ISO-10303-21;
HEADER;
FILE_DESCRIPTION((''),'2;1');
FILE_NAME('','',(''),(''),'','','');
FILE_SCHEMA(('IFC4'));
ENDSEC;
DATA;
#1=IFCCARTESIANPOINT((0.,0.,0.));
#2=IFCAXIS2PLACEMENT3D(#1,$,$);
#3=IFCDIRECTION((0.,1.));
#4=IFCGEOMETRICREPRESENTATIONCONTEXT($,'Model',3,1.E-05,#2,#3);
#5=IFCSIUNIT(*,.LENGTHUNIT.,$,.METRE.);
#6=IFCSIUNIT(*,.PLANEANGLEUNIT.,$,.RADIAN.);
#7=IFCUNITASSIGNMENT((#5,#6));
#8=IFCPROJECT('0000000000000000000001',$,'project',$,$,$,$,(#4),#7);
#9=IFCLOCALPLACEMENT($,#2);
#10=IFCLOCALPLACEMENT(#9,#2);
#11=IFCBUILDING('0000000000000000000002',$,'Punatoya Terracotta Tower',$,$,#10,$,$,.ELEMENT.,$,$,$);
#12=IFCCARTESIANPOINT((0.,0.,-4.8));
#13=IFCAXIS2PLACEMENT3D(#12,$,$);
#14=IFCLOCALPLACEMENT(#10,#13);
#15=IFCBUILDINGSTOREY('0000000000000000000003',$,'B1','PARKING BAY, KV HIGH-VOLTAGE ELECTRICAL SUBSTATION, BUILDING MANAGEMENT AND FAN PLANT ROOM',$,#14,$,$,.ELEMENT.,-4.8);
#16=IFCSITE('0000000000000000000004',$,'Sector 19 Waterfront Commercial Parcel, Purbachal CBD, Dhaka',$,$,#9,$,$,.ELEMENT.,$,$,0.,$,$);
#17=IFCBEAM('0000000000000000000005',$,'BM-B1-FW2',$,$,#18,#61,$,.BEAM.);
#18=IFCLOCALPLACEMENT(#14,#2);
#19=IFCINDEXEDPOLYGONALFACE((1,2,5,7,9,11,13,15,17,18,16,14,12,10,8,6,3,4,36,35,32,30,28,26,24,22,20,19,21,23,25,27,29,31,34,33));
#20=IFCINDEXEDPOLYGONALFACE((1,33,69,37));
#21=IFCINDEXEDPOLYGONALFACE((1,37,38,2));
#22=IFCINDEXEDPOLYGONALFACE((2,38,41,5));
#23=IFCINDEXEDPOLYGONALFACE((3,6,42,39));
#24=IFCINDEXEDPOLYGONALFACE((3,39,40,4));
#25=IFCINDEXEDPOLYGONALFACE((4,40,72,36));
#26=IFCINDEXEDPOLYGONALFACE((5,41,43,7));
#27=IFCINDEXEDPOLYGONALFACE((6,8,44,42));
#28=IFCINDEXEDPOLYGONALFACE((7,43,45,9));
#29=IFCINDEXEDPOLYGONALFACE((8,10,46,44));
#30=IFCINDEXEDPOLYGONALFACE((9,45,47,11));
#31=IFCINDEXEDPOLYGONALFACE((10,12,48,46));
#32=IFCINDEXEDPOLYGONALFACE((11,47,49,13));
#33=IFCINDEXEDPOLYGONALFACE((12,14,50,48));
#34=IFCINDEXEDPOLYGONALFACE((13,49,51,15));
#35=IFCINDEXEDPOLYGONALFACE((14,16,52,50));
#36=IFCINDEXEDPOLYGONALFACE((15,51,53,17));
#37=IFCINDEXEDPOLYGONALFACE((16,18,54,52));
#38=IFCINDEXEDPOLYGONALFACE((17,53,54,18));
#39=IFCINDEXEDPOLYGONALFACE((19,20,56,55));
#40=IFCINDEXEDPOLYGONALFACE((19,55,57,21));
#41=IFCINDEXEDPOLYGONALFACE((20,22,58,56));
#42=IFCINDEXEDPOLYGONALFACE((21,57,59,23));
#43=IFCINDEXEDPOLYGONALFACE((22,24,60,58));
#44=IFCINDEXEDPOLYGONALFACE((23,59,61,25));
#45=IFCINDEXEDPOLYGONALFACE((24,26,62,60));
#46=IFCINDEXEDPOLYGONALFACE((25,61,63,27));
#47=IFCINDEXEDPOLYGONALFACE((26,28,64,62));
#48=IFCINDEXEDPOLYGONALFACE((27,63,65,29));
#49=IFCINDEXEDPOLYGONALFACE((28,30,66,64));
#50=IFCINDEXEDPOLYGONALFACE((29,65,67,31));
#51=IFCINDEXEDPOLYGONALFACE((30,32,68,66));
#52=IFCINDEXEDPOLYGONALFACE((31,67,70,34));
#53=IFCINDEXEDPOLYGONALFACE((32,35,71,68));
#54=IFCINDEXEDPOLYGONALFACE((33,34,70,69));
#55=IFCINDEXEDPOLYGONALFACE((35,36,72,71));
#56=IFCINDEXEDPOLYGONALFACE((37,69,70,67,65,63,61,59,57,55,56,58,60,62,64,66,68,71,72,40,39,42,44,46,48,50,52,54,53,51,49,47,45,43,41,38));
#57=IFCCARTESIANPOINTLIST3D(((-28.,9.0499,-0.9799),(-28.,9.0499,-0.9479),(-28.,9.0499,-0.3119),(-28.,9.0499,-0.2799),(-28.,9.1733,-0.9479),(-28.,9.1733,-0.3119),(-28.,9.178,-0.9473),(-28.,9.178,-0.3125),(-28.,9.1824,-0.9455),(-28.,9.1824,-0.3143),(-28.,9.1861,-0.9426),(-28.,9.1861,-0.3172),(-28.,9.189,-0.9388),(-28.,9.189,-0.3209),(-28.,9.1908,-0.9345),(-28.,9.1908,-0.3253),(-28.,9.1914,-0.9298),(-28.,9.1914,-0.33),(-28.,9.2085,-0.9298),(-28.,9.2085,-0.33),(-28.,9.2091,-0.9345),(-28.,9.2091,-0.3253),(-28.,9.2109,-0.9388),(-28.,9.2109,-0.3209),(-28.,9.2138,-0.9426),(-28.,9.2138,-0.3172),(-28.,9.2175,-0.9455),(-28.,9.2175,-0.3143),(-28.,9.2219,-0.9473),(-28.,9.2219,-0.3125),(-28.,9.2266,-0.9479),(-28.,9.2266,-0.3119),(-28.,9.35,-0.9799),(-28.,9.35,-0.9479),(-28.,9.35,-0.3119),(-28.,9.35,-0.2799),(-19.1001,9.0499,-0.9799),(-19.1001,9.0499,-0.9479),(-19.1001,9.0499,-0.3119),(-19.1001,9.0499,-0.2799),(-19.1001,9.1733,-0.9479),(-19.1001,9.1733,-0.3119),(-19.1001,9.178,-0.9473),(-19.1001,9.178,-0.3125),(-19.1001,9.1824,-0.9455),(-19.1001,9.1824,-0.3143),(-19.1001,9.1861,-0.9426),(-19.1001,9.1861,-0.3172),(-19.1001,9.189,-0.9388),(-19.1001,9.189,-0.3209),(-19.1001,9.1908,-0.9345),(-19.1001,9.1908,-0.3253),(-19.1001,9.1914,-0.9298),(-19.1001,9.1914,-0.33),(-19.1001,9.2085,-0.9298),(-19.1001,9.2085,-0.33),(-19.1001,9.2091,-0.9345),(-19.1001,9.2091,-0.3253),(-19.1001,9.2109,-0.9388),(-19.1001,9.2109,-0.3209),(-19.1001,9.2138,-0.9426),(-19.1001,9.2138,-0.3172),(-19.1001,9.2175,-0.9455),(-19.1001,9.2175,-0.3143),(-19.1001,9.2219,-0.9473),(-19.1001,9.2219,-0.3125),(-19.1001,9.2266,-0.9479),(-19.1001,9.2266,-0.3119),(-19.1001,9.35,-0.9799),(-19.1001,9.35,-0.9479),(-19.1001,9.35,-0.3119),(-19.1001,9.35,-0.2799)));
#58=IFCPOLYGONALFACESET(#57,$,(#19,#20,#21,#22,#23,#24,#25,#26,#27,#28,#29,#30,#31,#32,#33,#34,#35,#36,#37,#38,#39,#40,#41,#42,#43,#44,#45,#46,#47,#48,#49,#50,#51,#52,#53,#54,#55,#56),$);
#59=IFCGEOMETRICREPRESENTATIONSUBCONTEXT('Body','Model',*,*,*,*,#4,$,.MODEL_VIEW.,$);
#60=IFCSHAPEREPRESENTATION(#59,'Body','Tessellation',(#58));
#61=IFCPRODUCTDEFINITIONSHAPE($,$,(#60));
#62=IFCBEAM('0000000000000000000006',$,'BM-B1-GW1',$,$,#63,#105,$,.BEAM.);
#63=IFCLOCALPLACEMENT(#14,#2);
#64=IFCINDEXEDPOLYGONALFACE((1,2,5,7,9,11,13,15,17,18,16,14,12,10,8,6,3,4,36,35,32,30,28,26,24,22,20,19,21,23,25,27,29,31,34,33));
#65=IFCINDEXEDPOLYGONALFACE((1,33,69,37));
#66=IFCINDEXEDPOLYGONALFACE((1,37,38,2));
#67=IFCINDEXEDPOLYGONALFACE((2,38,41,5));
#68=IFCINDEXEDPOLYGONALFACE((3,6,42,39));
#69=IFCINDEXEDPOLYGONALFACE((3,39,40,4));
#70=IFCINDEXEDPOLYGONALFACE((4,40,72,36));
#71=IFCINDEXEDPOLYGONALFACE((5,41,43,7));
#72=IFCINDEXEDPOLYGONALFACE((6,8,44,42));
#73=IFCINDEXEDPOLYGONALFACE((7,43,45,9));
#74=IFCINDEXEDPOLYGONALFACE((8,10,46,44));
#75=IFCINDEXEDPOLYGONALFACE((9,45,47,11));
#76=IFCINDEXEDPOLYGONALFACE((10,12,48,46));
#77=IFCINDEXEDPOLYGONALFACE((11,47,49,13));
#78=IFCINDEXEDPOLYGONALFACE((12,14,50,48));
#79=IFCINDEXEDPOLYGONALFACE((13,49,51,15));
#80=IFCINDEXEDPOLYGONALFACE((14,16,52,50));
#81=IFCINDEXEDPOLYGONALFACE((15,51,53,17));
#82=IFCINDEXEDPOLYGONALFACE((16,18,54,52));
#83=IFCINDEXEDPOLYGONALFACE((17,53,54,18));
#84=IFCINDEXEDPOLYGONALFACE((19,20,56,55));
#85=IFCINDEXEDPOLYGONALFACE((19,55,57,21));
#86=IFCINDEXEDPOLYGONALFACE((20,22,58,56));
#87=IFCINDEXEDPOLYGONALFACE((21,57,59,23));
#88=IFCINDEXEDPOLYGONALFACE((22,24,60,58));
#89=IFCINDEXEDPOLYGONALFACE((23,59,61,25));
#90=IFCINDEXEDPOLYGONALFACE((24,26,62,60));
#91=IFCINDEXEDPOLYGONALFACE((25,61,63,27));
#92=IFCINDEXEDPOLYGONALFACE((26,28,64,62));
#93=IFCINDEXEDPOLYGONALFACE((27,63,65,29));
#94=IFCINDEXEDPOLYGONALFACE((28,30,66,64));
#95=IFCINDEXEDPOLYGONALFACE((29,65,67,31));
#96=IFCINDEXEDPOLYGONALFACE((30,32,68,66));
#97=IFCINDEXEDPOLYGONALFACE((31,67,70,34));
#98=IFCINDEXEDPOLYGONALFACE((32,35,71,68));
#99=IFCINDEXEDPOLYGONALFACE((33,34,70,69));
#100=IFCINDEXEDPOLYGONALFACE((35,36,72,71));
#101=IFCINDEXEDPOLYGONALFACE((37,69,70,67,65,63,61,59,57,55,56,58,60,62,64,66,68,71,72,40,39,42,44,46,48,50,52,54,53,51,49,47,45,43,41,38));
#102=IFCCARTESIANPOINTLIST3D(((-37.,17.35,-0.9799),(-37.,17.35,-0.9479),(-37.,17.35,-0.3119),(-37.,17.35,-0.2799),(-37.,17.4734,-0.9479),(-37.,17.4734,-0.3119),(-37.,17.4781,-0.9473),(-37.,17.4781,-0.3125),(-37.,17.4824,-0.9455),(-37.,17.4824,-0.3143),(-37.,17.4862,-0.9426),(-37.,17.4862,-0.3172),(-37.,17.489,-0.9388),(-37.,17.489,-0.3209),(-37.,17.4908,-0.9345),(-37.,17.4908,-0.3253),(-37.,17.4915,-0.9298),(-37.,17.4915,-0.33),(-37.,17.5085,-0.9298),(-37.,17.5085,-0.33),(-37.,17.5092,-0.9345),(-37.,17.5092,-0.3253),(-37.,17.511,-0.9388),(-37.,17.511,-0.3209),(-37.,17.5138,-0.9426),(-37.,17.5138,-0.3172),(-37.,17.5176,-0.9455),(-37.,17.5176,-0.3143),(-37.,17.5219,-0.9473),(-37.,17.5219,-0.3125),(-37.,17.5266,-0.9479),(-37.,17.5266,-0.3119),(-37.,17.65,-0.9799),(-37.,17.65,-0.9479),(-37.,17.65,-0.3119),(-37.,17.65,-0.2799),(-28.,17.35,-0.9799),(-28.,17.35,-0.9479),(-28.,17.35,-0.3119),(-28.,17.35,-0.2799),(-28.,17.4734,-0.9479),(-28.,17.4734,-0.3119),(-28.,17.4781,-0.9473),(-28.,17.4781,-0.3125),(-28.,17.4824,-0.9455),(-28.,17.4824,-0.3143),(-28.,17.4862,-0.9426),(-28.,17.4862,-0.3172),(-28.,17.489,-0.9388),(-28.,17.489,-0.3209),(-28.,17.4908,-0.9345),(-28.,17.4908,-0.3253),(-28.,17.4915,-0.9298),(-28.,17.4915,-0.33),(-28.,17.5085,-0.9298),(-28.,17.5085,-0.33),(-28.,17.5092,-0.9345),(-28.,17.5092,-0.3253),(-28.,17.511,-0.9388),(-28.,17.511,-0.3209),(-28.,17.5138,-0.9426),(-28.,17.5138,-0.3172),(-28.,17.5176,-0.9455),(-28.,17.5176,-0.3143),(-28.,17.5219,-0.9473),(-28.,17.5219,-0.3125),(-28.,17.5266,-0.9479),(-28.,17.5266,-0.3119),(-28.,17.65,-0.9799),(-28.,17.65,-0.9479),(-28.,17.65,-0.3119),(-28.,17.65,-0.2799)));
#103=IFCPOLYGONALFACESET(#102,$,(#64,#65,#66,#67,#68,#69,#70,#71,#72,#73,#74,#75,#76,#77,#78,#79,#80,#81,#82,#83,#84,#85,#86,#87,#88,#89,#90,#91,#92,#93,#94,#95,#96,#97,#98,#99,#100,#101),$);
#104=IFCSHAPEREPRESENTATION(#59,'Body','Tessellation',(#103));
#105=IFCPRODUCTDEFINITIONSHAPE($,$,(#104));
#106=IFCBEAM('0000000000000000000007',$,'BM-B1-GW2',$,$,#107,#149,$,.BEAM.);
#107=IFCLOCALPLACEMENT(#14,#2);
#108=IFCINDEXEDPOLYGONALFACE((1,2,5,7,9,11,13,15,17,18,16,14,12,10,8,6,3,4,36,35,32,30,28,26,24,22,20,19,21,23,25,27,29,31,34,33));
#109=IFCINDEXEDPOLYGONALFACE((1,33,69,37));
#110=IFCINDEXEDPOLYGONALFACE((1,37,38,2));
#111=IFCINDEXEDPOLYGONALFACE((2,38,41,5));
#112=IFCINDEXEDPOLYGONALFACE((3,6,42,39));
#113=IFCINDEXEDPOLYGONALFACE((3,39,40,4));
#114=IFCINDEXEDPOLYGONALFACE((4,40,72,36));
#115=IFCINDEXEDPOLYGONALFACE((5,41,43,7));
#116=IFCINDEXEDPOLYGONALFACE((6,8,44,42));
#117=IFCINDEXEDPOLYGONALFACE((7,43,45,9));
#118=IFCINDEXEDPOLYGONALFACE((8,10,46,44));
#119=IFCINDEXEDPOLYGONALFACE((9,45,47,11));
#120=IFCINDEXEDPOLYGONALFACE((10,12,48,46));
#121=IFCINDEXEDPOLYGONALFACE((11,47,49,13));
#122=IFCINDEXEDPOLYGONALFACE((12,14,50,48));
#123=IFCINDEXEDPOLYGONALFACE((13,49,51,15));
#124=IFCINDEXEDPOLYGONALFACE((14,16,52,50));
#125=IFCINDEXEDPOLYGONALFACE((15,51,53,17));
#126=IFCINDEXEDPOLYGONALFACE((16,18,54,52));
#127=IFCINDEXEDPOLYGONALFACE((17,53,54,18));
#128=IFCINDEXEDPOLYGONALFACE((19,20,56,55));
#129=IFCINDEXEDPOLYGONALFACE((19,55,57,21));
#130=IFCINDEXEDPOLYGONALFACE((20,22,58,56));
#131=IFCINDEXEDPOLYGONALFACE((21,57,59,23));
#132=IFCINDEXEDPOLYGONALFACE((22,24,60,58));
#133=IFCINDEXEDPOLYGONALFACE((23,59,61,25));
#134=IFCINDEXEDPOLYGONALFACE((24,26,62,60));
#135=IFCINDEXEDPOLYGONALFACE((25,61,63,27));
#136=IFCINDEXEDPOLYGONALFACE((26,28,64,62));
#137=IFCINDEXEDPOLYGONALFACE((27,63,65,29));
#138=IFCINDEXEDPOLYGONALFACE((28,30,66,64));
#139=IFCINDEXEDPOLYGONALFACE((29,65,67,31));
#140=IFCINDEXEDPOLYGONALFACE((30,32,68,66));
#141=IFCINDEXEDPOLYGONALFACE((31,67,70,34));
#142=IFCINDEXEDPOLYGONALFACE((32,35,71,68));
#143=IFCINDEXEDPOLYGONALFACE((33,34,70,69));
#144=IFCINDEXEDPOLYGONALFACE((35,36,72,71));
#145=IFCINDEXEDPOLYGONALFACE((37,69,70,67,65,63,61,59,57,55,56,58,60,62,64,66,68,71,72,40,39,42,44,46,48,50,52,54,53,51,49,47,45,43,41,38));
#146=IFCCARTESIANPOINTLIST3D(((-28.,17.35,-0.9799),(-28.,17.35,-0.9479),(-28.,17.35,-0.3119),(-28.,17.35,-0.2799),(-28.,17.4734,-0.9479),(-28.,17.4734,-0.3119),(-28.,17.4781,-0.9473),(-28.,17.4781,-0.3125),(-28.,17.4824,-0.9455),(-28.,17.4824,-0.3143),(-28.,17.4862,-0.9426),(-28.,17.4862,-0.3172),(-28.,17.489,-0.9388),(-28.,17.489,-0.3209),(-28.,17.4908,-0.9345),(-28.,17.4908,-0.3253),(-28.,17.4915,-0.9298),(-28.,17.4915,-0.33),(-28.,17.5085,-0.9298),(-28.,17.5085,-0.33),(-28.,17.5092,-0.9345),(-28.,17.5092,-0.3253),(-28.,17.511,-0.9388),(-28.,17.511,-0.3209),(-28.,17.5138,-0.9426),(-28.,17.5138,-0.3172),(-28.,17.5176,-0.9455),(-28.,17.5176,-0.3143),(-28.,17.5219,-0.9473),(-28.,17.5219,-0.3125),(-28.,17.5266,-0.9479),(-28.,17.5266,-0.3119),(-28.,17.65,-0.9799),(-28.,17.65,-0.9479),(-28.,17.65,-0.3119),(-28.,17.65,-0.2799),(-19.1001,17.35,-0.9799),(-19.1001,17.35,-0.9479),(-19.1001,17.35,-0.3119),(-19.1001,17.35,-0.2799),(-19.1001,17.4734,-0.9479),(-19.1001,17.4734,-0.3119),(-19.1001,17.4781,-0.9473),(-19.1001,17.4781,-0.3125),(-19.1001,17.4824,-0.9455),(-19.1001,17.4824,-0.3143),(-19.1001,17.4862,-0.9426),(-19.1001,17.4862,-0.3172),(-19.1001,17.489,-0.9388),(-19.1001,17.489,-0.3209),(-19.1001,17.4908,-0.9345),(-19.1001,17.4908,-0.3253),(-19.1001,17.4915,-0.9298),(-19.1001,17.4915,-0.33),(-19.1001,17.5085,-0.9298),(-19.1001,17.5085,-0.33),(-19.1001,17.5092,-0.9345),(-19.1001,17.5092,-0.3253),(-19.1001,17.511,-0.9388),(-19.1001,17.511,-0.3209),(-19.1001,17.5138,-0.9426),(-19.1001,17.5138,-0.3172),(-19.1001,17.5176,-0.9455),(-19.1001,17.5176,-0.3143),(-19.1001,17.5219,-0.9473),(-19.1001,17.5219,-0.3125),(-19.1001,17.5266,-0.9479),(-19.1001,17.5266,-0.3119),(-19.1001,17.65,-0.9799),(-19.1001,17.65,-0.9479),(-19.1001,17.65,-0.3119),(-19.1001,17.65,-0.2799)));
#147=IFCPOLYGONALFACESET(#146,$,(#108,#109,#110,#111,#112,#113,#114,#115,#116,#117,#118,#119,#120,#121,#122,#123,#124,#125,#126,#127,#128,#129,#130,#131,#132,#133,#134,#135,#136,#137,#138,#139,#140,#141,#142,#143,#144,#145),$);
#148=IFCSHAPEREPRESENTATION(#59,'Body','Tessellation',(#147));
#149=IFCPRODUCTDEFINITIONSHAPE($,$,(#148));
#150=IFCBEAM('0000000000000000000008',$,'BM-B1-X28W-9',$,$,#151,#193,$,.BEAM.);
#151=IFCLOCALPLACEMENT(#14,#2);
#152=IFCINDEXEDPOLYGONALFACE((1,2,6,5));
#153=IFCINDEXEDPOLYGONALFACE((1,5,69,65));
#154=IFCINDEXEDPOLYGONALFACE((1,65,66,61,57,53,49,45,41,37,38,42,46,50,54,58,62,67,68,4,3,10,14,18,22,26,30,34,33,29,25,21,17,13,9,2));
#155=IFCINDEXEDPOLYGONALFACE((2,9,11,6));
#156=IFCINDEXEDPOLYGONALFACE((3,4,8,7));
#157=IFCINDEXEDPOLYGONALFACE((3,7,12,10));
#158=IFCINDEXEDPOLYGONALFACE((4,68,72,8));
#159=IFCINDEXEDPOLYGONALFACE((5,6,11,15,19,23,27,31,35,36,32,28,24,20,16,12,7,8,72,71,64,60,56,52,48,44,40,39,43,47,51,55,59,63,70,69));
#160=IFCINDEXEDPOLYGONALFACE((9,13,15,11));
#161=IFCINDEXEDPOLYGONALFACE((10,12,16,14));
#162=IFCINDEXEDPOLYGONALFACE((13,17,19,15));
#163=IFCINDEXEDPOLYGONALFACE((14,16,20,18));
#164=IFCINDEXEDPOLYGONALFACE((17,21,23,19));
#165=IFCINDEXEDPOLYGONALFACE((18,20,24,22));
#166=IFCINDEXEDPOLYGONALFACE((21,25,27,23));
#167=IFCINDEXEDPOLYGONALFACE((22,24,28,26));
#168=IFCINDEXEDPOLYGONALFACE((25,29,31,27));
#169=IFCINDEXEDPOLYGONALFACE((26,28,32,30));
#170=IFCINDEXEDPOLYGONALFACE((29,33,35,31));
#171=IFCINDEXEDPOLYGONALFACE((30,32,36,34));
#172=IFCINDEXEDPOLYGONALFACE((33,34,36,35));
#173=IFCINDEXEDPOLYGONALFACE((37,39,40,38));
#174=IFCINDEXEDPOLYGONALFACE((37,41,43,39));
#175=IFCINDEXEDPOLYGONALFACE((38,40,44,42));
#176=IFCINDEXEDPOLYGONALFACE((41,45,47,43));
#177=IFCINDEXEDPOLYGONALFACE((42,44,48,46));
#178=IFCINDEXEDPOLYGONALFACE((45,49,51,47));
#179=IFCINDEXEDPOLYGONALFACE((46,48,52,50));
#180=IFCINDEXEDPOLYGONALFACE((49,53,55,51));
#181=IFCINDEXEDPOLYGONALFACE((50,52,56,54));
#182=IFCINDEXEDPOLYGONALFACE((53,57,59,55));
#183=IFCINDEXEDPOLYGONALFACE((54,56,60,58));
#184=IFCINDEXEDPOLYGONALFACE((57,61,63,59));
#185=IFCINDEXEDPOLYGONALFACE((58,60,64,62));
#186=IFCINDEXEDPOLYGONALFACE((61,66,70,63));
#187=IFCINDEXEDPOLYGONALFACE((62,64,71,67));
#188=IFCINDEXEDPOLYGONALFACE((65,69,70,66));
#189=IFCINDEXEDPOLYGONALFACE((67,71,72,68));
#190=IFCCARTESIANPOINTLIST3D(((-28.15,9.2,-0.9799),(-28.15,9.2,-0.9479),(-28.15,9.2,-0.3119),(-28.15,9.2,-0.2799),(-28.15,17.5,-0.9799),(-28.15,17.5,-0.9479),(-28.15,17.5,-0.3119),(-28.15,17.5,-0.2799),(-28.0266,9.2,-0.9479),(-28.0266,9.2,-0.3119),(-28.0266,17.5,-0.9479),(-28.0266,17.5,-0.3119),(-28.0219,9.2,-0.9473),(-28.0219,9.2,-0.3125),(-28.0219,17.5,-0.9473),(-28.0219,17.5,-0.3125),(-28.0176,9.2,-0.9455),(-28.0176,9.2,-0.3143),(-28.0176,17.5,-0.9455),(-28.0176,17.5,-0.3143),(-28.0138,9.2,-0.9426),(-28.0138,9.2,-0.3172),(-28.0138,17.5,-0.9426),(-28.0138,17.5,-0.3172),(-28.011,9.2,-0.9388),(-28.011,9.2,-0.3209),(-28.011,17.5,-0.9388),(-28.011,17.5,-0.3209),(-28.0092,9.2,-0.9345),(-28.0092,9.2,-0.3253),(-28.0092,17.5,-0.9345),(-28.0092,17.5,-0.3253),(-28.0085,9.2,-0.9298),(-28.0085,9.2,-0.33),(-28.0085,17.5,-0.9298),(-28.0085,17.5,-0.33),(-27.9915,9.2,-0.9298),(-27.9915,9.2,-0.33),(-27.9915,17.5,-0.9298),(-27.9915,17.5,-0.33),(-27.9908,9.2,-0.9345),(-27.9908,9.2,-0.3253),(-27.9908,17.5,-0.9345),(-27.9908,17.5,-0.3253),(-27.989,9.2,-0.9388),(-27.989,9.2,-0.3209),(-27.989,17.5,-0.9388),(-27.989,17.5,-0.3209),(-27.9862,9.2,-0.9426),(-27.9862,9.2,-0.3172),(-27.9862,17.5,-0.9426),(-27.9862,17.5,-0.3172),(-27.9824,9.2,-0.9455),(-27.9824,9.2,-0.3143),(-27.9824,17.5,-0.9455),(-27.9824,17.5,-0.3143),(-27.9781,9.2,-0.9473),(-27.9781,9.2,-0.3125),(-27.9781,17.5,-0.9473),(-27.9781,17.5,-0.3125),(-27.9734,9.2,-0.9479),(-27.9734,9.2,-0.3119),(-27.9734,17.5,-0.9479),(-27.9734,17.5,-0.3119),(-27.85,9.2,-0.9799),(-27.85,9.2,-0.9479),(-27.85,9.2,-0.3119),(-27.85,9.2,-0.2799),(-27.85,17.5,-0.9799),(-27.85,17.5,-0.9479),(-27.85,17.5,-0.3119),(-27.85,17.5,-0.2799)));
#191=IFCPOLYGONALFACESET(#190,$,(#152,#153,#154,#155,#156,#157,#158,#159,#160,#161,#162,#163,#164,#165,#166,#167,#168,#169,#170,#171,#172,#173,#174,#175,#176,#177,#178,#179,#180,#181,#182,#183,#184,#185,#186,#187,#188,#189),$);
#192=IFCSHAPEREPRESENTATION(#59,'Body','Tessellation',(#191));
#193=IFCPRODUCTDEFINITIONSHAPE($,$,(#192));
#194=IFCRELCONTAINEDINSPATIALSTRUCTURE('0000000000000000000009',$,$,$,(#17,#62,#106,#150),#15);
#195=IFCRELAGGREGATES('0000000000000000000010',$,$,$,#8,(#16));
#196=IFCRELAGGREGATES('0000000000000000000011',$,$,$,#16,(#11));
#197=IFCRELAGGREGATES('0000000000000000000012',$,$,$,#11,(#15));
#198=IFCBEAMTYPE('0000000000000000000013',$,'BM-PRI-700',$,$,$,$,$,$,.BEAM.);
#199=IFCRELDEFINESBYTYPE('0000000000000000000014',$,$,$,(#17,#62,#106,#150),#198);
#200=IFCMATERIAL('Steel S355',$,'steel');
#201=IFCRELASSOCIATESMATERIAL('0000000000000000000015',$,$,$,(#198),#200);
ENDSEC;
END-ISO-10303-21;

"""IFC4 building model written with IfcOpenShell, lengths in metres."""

from ifc_helpers import new_model, si_unit, direction, frame, origin, origin_2d, place, context, subcontext, project, spatial, i_section, extrude, material, material_profile, profile_set, type_object, element, save


model = new_model("IFC4")

# Units and contexts
model_context = context("Model", 3, precision=1e-05, world=origin(), true_north=direction((0.0, 1.0)))
body_context = subcontext(model_context, "Body", "Model", "MODEL_VIEW")
ifc_project = project(units=[si_unit("LENGTHUNIT", "METRE"), si_unit("PLANEANGLEUNIT", "RADIAN")], contexts=[model_context])

# Site, building, storey
site_placement = place(None, origin())
site = spatial("IfcSite", under=ifc_project, at=site_placement, Name="Sector 19 Waterfront Commercial Parcel, Purbachal CBD, Dhaka", CompositionType="ELEMENT", RefElevation=0.0)
building_placement = place(site_placement, origin())
building = spatial("IfcBuilding", under=site, at=building_placement, Name="Punatoya Terracotta Tower", CompositionType="ELEMENT")
storey_placement = place(building_placement, frame((0.0, 0.0, -4.8)))
storey = spatial("IfcBuildingStorey", under=building, at=storey_placement, Name="B1", Description="PARKING BAY, KV HIGH-VOLTAGE ELECTRICAL SUBSTATION, BUILDING MANAGEMENT AND FAN PLANT ROOM", CompositionType="ELEMENT", Elevation=-4.8)

# Beams
ifc_material_1 = material(Name="Steel S355", Category="steel")
ifc_material_profile_1 = material_profile(ifc_material_1, i_section(OverallWidth=0.3, OverallDepth=0.7, WebThickness=0.0171, FlangeThickness=0.032, FilletRadius=0.0181, at=origin_2d()))
ifc_profile_set_1 = profile_set([ifc_material_profile_1], Name="Steel S355")
beam_type_1 = type_object("IfcBeamType", Name="BM-PRI-700", PredefinedType="BEAM", material=ifc_profile_set_1)
beam_1_placement = place(storey_placement, frame((-28.0, 9.2, -0.6299), z_axis=(1.0, 0.0, 0.0), x_axis=(0.0, 1.0, 0.0)))
element("IfcBeam", 1, at=beam_1_placement, inside=storey, type_object=beam_type_1, Name="BM-B1-FW2", PredefinedType="BEAM", context=body_context, shape_type="SweptSolid", body=[
    extrude(i_section(OverallWidth=0.3, OverallDepth=0.7, WebThickness=0.0171, FlangeThickness=0.032, FilletRadius=0.0181, at=origin_2d()), origin(), (0.0, 0.0, 1.0), 8.8999),
])
beam_2_placement = place(storey_placement, frame((-37.0, 17.5, -0.6299), z_axis=(1.0, 0.0, 0.0), x_axis=(0.0, 1.0, 0.0)))
element("IfcBeam", 2, at=beam_2_placement, inside=storey, type_object=beam_type_1, Name="BM-B1-GW1", PredefinedType="BEAM", context=body_context, shape_type="SweptSolid", body=[
    extrude(i_section(OverallWidth=0.3, OverallDepth=0.7, WebThickness=0.0171, FlangeThickness=0.032, FilletRadius=0.0181, at=origin_2d()), origin(), (0.0, 0.0, 1.0), 9.0),
])
beam_3_placement = place(storey_placement, frame((-28.0, 17.5, -0.6299), z_axis=(1.0, 0.0, 0.0), x_axis=(0.0, 1.0, 0.0)))
element("IfcBeam", 3, at=beam_3_placement, inside=storey, type_object=beam_type_1, Name="BM-B1-GW2", PredefinedType="BEAM", context=body_context, shape_type="SweptSolid", body=[
    extrude(i_section(OverallWidth=0.3, OverallDepth=0.7, WebThickness=0.0171, FlangeThickness=0.032, FilletRadius=0.0181, at=origin_2d()), origin(), (0.0, 0.0, 1.0), 8.8999),
])
beam_4_placement = place(storey_placement, frame((-28.0, 9.2, -0.6299), z_axis=(0.0, 1.0, 0.0), x_axis=(-1.0, 0.0, 0.0)))
element("IfcBeam", 4, at=beam_4_placement, inside=storey, type_object=beam_type_1, Name="BM-B1-X28W-9", PredefinedType="BEAM", context=body_context, shape_type="SweptSolid", body=[
    extrude(i_section(OverallWidth=0.3, OverallDepth=0.7, WebThickness=0.0171, FlangeThickness=0.032, FilletRadius=0.0181, at=origin_2d()), origin(), (0.0, 0.0, 1.0), 8.3),
])

save(model, "model.ifc")
